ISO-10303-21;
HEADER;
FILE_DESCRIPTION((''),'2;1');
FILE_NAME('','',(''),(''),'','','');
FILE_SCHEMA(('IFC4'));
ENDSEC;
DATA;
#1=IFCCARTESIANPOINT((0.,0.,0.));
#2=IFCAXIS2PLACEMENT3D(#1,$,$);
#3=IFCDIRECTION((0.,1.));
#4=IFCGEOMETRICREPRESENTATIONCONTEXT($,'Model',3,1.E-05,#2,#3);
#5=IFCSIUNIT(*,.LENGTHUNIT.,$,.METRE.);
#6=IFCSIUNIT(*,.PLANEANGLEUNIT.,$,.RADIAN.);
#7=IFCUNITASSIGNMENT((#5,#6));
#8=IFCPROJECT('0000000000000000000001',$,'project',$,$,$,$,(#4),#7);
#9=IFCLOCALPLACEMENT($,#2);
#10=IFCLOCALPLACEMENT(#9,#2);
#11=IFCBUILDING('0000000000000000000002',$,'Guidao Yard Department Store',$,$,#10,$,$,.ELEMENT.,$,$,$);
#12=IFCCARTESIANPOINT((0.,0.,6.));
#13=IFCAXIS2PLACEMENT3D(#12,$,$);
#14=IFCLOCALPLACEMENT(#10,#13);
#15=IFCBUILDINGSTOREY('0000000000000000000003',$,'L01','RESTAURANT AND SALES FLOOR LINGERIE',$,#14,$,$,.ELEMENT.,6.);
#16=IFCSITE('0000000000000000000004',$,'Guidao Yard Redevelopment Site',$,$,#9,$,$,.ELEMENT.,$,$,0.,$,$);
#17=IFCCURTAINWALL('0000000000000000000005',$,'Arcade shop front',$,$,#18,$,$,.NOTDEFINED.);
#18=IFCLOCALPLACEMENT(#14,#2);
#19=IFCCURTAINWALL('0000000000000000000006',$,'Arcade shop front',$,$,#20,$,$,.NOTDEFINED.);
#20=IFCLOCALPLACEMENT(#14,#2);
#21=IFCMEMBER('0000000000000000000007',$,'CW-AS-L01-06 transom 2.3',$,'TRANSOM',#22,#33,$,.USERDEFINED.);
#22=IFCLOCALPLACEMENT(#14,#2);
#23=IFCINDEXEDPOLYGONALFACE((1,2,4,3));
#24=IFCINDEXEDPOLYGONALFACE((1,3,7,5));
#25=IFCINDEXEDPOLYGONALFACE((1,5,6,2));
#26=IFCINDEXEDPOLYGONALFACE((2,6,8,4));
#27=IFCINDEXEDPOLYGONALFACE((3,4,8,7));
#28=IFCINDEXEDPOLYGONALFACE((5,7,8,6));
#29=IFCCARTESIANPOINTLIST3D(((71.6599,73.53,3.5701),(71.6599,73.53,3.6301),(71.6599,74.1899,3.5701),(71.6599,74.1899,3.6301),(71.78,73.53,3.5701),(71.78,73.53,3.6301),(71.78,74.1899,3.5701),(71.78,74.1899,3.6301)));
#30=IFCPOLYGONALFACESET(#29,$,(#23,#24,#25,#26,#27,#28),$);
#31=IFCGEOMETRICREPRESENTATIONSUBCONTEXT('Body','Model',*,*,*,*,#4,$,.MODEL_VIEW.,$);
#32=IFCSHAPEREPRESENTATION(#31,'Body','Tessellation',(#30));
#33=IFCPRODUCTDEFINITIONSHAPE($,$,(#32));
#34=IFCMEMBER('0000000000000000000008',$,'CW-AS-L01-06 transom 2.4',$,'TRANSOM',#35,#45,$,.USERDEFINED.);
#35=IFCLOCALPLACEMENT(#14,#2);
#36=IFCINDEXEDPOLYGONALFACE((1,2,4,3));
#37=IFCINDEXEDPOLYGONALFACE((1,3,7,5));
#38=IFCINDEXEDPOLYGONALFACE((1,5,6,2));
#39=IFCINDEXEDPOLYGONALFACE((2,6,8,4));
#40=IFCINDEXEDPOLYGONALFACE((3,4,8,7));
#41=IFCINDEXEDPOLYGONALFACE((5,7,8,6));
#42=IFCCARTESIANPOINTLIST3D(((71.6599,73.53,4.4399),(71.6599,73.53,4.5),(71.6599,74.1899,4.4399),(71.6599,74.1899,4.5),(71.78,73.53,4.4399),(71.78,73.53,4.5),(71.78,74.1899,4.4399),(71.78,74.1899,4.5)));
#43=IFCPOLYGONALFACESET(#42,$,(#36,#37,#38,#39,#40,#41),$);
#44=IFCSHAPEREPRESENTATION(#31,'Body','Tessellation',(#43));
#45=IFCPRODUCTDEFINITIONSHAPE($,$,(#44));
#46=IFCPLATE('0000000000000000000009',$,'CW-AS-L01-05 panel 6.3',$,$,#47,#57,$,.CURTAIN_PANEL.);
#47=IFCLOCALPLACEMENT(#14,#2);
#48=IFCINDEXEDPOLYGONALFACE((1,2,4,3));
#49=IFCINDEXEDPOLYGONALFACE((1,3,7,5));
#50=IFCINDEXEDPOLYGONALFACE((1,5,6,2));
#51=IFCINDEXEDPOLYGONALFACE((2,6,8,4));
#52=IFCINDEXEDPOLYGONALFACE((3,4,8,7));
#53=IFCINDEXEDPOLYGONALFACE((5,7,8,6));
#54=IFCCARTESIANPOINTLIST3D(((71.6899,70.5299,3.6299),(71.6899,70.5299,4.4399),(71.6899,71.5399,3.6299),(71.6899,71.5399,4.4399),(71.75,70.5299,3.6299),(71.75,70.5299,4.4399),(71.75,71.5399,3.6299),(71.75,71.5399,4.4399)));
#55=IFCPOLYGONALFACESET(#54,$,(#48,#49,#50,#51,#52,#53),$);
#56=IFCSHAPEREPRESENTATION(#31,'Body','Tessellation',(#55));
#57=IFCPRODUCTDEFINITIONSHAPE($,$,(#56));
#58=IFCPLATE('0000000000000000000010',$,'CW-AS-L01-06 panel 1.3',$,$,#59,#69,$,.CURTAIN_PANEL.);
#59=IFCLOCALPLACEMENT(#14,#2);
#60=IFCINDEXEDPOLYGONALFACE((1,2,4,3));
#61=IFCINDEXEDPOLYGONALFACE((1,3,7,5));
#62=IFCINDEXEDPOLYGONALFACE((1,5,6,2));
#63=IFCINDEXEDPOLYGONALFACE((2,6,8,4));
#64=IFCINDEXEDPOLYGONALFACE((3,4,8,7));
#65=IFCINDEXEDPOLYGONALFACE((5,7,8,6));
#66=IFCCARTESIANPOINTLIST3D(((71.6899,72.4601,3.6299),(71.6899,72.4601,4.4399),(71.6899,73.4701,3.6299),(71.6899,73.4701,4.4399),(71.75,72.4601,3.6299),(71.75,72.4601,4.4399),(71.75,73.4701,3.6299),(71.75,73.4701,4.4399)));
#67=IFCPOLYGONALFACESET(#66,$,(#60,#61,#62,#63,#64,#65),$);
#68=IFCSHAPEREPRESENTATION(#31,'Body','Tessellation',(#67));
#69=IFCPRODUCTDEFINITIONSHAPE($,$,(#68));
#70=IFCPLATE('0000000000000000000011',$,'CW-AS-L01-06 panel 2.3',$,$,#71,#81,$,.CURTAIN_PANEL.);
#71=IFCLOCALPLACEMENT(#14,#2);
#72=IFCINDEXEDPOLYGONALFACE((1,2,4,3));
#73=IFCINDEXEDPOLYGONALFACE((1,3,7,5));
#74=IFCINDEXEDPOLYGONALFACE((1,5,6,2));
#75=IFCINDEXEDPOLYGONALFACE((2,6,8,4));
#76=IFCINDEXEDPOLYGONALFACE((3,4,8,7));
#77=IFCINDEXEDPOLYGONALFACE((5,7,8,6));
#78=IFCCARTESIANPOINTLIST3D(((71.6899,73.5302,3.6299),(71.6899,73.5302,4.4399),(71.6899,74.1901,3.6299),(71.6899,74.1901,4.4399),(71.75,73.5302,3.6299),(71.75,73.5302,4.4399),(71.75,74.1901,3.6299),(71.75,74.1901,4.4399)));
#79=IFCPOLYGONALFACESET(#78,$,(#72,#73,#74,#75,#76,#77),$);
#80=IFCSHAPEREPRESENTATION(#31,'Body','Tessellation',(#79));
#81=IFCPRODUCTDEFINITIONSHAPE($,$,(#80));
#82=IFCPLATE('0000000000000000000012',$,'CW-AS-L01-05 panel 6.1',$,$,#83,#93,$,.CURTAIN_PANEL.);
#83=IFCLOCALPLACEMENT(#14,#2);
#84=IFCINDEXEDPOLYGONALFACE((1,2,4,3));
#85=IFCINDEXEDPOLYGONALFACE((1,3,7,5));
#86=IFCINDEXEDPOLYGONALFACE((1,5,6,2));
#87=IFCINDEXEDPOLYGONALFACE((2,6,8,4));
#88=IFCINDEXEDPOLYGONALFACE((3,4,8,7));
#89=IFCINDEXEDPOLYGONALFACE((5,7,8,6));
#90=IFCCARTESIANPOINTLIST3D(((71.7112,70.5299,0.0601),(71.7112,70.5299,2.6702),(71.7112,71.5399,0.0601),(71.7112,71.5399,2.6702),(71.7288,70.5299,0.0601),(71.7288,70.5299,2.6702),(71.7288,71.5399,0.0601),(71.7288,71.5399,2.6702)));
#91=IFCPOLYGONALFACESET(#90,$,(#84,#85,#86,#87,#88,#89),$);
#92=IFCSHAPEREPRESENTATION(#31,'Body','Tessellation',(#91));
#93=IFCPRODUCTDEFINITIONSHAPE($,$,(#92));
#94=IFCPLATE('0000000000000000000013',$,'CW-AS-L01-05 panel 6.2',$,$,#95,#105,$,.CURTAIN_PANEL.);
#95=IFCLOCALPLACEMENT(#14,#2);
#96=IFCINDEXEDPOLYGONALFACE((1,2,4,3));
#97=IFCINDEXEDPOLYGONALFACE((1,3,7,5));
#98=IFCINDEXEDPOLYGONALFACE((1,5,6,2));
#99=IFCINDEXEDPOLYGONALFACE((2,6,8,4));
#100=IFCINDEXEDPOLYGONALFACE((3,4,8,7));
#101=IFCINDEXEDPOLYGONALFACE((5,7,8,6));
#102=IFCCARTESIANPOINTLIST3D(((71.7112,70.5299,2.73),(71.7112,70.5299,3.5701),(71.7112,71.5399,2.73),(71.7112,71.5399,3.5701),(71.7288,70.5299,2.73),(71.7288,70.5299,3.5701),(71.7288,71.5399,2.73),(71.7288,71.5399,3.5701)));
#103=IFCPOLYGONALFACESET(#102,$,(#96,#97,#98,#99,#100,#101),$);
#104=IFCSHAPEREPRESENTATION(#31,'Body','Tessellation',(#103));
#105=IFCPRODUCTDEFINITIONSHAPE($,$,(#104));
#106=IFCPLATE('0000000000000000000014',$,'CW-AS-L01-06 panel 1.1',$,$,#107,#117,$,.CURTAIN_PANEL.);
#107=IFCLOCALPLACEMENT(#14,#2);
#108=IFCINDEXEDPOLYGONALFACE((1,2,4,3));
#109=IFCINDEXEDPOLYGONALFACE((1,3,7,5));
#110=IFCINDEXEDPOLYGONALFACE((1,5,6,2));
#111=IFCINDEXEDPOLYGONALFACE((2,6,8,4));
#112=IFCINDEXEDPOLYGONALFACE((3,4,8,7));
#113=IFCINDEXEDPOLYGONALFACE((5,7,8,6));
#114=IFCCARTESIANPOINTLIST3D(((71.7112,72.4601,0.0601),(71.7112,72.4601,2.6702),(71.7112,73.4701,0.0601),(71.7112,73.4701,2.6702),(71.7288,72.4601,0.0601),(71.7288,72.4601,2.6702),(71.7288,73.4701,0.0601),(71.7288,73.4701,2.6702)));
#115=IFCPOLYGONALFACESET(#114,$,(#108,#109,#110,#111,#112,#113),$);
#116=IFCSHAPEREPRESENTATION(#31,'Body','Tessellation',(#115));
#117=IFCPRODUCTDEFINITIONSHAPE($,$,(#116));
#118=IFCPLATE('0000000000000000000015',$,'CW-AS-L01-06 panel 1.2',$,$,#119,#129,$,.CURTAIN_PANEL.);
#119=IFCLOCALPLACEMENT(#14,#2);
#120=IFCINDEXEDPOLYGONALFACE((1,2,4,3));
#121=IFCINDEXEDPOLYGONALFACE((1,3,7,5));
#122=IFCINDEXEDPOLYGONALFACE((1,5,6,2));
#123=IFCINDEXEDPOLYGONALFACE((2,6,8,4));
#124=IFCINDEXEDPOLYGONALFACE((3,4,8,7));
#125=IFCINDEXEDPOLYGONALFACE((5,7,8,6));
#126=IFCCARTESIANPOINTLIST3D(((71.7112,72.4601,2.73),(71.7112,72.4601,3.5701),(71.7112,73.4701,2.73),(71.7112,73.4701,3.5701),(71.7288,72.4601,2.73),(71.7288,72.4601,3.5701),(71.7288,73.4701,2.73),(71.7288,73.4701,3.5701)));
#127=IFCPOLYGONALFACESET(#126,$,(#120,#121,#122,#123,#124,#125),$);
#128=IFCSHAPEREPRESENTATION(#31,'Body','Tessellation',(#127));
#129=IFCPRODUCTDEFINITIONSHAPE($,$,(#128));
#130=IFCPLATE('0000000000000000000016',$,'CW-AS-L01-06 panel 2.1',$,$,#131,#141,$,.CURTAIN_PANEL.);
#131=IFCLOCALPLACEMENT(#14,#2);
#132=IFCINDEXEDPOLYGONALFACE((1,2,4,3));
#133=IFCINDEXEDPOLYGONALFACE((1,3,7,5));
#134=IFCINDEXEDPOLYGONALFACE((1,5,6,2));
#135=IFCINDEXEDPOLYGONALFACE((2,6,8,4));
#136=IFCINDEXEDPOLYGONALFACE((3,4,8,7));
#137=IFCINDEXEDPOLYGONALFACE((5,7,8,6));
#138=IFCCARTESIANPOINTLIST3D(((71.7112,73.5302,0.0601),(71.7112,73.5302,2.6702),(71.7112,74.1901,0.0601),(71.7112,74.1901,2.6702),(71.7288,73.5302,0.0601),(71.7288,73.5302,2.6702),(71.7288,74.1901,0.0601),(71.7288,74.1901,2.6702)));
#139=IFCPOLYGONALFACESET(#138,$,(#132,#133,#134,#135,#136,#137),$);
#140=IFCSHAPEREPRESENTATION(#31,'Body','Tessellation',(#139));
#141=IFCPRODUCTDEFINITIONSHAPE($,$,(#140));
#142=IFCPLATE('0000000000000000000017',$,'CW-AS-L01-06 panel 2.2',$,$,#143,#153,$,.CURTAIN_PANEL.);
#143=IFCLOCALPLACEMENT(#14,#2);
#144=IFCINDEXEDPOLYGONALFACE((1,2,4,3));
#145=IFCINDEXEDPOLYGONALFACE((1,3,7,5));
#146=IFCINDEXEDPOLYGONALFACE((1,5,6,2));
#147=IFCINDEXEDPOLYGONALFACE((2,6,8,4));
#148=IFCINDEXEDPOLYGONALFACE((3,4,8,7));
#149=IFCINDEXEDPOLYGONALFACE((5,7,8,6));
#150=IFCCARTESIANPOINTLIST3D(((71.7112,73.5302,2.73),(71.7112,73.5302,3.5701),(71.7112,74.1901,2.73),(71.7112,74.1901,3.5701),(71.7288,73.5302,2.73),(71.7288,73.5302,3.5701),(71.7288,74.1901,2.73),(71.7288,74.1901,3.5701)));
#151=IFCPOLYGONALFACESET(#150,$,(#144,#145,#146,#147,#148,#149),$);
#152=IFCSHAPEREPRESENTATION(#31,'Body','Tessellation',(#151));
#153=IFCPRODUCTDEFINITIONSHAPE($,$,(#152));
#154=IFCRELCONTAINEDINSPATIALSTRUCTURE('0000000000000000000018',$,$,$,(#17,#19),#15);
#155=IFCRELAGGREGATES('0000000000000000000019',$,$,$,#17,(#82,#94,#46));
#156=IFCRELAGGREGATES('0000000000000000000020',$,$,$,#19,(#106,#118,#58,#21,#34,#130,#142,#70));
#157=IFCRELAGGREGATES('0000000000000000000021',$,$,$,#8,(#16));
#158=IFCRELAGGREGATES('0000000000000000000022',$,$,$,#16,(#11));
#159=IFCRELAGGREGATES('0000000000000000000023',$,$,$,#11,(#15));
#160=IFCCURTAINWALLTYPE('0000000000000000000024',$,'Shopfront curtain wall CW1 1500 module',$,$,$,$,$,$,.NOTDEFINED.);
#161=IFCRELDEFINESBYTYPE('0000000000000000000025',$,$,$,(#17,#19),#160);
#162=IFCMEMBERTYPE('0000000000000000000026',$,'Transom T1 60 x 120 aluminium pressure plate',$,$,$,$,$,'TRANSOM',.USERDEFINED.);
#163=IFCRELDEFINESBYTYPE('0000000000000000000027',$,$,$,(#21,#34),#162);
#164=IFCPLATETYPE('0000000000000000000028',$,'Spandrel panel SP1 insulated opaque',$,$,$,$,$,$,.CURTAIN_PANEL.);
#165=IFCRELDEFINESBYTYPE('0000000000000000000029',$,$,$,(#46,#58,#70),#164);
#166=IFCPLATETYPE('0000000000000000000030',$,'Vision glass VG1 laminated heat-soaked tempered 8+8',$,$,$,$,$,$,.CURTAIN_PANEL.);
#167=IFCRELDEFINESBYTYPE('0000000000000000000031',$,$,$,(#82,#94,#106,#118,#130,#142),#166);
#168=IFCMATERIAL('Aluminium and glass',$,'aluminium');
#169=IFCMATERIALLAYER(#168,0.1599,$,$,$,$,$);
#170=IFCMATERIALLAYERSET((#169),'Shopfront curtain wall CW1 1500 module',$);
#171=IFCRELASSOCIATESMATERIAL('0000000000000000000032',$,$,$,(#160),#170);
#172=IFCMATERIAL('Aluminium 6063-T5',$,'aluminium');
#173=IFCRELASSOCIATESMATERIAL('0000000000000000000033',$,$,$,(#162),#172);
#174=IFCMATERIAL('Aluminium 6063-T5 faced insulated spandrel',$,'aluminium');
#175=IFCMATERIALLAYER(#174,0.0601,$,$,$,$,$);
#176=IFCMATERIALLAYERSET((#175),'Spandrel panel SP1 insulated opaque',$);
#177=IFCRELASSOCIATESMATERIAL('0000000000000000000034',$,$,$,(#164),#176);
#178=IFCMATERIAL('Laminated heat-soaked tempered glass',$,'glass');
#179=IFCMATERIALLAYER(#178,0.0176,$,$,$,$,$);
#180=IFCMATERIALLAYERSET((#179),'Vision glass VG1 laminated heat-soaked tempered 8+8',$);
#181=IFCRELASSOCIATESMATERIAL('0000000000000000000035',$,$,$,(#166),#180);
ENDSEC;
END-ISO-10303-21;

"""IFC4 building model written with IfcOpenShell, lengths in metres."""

from ifc_helpers import new_model, si_unit, direction, frame, origin, origin_2d, place, context, subcontext, project, spatial, rectangle, extrude, material, layer, layer_set, material_profile, profile_set, type_object, element, aggregate, save


model = new_model("IFC4")

# Units and contexts
model_context = context("Model", 3, precision=1e-05, world=origin(), true_north=direction((0.0, 1.0)))
body_context = subcontext(model_context, "Body", "Model", "MODEL_VIEW")
ifc_project = project(units=[si_unit("LENGTHUNIT", "METRE"), si_unit("PLANEANGLEUNIT", "RADIAN")], contexts=[model_context])

# Site, building, storey
site_placement = place(None, origin())
site = spatial("IfcSite", under=ifc_project, at=site_placement, Name="Guidao Yard Redevelopment Site", CompositionType="ELEMENT", RefElevation=0.0)
building_placement = place(site_placement, origin())
building = spatial("IfcBuilding", under=site, at=building_placement, Name="Guidao Yard Department Store", CompositionType="ELEMENT")
storey_placement = place(building_placement, frame((0.0, 0.0, 6.0)))
storey = spatial("IfcBuildingStorey", under=building, at=storey_placement, Name="L01", Description="RESTAURANT AND SALES FLOOR LINGERIE", CompositionType="ELEMENT", Elevation=6.0)

# Curtain walls
ifc_material_1 = material(Name="Aluminium and glass", Category="aluminium")
ifc_layer_1 = layer(ifc_material_1, 0.1599)
ifc_layer_set_1 = layer_set([ifc_layer_1], Name="Shopfront curtain wall CW1 1500 module")
curtain_wall_type = type_object("IfcCurtainWallType", Name="Shopfront curtain wall CW1 1500 module", PredefinedType="NOTDEFINED", material=ifc_layer_set_1)
curtain_wall_1_placement = place(storey_placement, origin())
curtain_wall_1 = element("IfcCurtainWall", 1, at=curtain_wall_1_placement, inside=storey, type_object=curtain_wall_type, Name="Arcade shop front", PredefinedType="NOTDEFINED")
curtain_wall_2_placement = place(storey_placement, origin())
curtain_wall_2 = element("IfcCurtainWall", 2, at=curtain_wall_2_placement, inside=storey, type_object=curtain_wall_type, Name="Arcade shop front", PredefinedType="NOTDEFINED")

# Members
ifc_material_2 = material(Name="Aluminium 6063-T5", Category="aluminium")
ifc_material_profile_1 = material_profile(ifc_material_2, rectangle(XDim=0.1201, YDim=0.0601, at=origin_2d()), Name="Transom T1 60 x 120 aluminium pressure plate")
ifc_profile_set_1 = profile_set([ifc_material_profile_1], Name="Aluminium 6063-T5")
member_type_1 = type_object("IfcMemberType", Name="Transom T1 60 x 120 aluminium pressure plate", ElementType="TRANSOM", PredefinedType="USERDEFINED", material=ifc_profile_set_1)
member_1_placement = place(storey_placement, frame((71.72, 73.53, 3.6001), z_axis=(0.0, 1.0, 0.0), x_axis=(-1.0, 0.0, 0.0)))
member_1 = element("IfcMember", 3, at=member_1_placement, type_object=member_type_1, Name="CW-AS-L01-06 transom 2.3", ObjectType="TRANSOM", PredefinedType="USERDEFINED", context=body_context, shape_type="SweptSolid", body=[
    extrude(rectangle(XDim=0.1201, YDim=0.0601, at=origin_2d()), origin(), (0.0, 0.0, 1.0), 0.6599),
])
member_2_placement = place(storey_placement, frame((71.72, 73.53, 4.47), z_axis=(0.0, 1.0, 0.0), x_axis=(-1.0, 0.0, 0.0)))
member_2 = element("IfcMember", 4, at=member_2_placement, type_object=member_type_1, Name="CW-AS-L01-06 transom 2.4", ObjectType="TRANSOM", PredefinedType="USERDEFINED", context=body_context, shape_type="SweptSolid", body=[
    extrude(rectangle(XDim=0.1201, YDim=0.0601, at=origin_2d()), origin(), (0.0, 0.0, 1.0), 0.6599),
])

# Plates
ifc_material_3 = material(Name="Aluminium 6063-T5 faced insulated spandrel", Category="aluminium")
ifc_layer_2 = layer(ifc_material_3, 0.0601)
ifc_layer_set_2 = layer_set([ifc_layer_2], Name="Spandrel panel SP1 insulated opaque")
plate_type_1 = type_object("IfcPlateType", Name="Spandrel panel SP1 insulated opaque", PredefinedType="CURTAIN_PANEL", material=ifc_layer_set_2)
plate_1_placement = place(storey_placement, frame((71.72, 71.0349, 3.6299), z_axis=(0.0, 0.0, 1.0), x_axis=(0.0, 1.0, 0.0)))
plate_1 = element("IfcPlate", 5, at=plate_1_placement, type_object=plate_type_1, Name="CW-AS-L01-05 panel 6.3", PredefinedType="CURTAIN_PANEL", context=body_context, shape_type="SweptSolid", body=[
    extrude(rectangle(XDim=1.01, YDim=0.0601, at=origin_2d()), origin(), (0.0, 0.0, 1.0), 0.8101),
])
plate_2_placement = place(storey_placement, frame((71.72, 72.9651, 3.6299), z_axis=(0.0, 0.0, 1.0), x_axis=(0.0, 1.0, 0.0)))
plate_2 = element("IfcPlate", 6, at=plate_2_placement, type_object=plate_type_1, Name="CW-AS-L01-06 panel 1.3", PredefinedType="CURTAIN_PANEL", context=body_context, shape_type="SweptSolid", body=[
    extrude(rectangle(XDim=1.01, YDim=0.0601, at=origin_2d()), origin(), (0.0, 0.0, 1.0), 0.8101),
])
plate_3_placement = place(storey_placement, frame((71.72, 73.8601, 3.6299), z_axis=(0.0, 0.0, 1.0), x_axis=(0.0, 1.0, 0.0)))
plate_3 = element("IfcPlate", 7, at=plate_3_placement, type_object=plate_type_1, Name="CW-AS-L01-06 panel 2.3", PredefinedType="CURTAIN_PANEL", context=body_context, shape_type="SweptSolid", body=[
    extrude(rectangle(XDim=0.6599, YDim=0.0601, at=origin_2d()), origin(), (0.0, 0.0, 1.0), 0.8101),
])
ifc_material_4 = material(Name="Laminated heat-soaked tempered glass", Category="glass")
ifc_layer_3 = layer(ifc_material_4, 0.0176)
ifc_layer_set_3 = layer_set([ifc_layer_3], Name="Vision glass VG1 laminated heat-soaked tempered 8+8")
plate_type_2 = type_object("IfcPlateType", Name="Vision glass VG1 laminated heat-soaked tempered 8+8", PredefinedType="CURTAIN_PANEL", material=ifc_layer_set_3)
plate_4_placement = place(storey_placement, frame((71.72, 71.0349, 0.0601), z_axis=(0.0, 0.0, 1.0), x_axis=(0.0, 1.0, 0.0)))
plate_4 = element("IfcPlate", 8, at=plate_4_placement, type_object=plate_type_2, Name="CW-AS-L01-05 panel 6.1", PredefinedType="CURTAIN_PANEL", context=body_context, shape_type="SweptSolid", body=[
    extrude(rectangle(XDim=1.01, YDim=0.0176, at=origin_2d()), origin(), (0.0, 0.0, 1.0), 2.6101),
])
plate_5_placement = place(storey_placement, frame((71.72, 71.0349, 2.73), z_axis=(0.0, 0.0, 1.0), x_axis=(0.0, 1.0, 0.0)))
plate_5 = element("IfcPlate", 9, at=plate_5_placement, type_object=plate_type_2, Name="CW-AS-L01-05 panel 6.2", PredefinedType="CURTAIN_PANEL", context=body_context, shape_type="SweptSolid", body=[
    extrude(rectangle(XDim=1.01, YDim=0.0176, at=origin_2d()), origin(), (0.0, 0.0, 1.0), 0.8401),
])
aggregate(curtain_wall_1, [plate_4, plate_5, plate_1])
plate_6_placement = place(storey_placement, frame((71.72, 72.9651, 0.0601), z_axis=(0.0, 0.0, 1.0), x_axis=(0.0, 1.0, 0.0)))
plate_6 = element("IfcPlate", 10, at=plate_6_placement, type_object=plate_type_2, Name="CW-AS-L01-06 panel 1.1", PredefinedType="CURTAIN_PANEL", context=body_context, shape_type="SweptSolid", body=[
    extrude(rectangle(XDim=1.01, YDim=0.0176, at=origin_2d()), origin(), (0.0, 0.0, 1.0), 2.6101),
])
plate_7_placement = place(storey_placement, frame((71.72, 72.9651, 2.73), z_axis=(0.0, 0.0, 1.0), x_axis=(0.0, 1.0, 0.0)))
plate_7 = element("IfcPlate", 11, at=plate_7_placement, type_object=plate_type_2, Name="CW-AS-L01-06 panel 1.2", PredefinedType="CURTAIN_PANEL", context=body_context, shape_type="SweptSolid", body=[
    extrude(rectangle(XDim=1.01, YDim=0.0176, at=origin_2d()), origin(), (0.0, 0.0, 1.0), 0.8401),
])
plate_8_placement = place(storey_placement, frame((71.72, 73.8601, 0.0601), z_axis=(0.0, 0.0, 1.0), x_axis=(0.0, 1.0, 0.0)))
plate_8 = element("IfcPlate", 12, at=plate_8_placement, type_object=plate_type_2, Name="CW-AS-L01-06 panel 2.1", PredefinedType="CURTAIN_PANEL", context=body_context, shape_type="SweptSolid", body=[
    extrude(rectangle(XDim=0.6599, YDim=0.0176, at=origin_2d()), origin(), (0.0, 0.0, 1.0), 2.6101),
])
plate_9_placement = place(storey_placement, frame((71.72, 73.8601, 2.73), z_axis=(0.0, 0.0, 1.0), x_axis=(0.0, 1.0, 0.0)))
plate_9 = element("IfcPlate", 13, at=plate_9_placement, type_object=plate_type_2, Name="CW-AS-L01-06 panel 2.2", PredefinedType="CURTAIN_PANEL", context=body_context, shape_type="SweptSolid", body=[
    extrude(rectangle(XDim=0.6599, YDim=0.0176, at=origin_2d()), origin(), (0.0, 0.0, 1.0), 0.8401),
])
aggregate(curtain_wall_2, [plate_6, plate_7, plate_2, member_1, member_2, plate_8, plate_9, plate_3])

save(model, "model.ifc")
